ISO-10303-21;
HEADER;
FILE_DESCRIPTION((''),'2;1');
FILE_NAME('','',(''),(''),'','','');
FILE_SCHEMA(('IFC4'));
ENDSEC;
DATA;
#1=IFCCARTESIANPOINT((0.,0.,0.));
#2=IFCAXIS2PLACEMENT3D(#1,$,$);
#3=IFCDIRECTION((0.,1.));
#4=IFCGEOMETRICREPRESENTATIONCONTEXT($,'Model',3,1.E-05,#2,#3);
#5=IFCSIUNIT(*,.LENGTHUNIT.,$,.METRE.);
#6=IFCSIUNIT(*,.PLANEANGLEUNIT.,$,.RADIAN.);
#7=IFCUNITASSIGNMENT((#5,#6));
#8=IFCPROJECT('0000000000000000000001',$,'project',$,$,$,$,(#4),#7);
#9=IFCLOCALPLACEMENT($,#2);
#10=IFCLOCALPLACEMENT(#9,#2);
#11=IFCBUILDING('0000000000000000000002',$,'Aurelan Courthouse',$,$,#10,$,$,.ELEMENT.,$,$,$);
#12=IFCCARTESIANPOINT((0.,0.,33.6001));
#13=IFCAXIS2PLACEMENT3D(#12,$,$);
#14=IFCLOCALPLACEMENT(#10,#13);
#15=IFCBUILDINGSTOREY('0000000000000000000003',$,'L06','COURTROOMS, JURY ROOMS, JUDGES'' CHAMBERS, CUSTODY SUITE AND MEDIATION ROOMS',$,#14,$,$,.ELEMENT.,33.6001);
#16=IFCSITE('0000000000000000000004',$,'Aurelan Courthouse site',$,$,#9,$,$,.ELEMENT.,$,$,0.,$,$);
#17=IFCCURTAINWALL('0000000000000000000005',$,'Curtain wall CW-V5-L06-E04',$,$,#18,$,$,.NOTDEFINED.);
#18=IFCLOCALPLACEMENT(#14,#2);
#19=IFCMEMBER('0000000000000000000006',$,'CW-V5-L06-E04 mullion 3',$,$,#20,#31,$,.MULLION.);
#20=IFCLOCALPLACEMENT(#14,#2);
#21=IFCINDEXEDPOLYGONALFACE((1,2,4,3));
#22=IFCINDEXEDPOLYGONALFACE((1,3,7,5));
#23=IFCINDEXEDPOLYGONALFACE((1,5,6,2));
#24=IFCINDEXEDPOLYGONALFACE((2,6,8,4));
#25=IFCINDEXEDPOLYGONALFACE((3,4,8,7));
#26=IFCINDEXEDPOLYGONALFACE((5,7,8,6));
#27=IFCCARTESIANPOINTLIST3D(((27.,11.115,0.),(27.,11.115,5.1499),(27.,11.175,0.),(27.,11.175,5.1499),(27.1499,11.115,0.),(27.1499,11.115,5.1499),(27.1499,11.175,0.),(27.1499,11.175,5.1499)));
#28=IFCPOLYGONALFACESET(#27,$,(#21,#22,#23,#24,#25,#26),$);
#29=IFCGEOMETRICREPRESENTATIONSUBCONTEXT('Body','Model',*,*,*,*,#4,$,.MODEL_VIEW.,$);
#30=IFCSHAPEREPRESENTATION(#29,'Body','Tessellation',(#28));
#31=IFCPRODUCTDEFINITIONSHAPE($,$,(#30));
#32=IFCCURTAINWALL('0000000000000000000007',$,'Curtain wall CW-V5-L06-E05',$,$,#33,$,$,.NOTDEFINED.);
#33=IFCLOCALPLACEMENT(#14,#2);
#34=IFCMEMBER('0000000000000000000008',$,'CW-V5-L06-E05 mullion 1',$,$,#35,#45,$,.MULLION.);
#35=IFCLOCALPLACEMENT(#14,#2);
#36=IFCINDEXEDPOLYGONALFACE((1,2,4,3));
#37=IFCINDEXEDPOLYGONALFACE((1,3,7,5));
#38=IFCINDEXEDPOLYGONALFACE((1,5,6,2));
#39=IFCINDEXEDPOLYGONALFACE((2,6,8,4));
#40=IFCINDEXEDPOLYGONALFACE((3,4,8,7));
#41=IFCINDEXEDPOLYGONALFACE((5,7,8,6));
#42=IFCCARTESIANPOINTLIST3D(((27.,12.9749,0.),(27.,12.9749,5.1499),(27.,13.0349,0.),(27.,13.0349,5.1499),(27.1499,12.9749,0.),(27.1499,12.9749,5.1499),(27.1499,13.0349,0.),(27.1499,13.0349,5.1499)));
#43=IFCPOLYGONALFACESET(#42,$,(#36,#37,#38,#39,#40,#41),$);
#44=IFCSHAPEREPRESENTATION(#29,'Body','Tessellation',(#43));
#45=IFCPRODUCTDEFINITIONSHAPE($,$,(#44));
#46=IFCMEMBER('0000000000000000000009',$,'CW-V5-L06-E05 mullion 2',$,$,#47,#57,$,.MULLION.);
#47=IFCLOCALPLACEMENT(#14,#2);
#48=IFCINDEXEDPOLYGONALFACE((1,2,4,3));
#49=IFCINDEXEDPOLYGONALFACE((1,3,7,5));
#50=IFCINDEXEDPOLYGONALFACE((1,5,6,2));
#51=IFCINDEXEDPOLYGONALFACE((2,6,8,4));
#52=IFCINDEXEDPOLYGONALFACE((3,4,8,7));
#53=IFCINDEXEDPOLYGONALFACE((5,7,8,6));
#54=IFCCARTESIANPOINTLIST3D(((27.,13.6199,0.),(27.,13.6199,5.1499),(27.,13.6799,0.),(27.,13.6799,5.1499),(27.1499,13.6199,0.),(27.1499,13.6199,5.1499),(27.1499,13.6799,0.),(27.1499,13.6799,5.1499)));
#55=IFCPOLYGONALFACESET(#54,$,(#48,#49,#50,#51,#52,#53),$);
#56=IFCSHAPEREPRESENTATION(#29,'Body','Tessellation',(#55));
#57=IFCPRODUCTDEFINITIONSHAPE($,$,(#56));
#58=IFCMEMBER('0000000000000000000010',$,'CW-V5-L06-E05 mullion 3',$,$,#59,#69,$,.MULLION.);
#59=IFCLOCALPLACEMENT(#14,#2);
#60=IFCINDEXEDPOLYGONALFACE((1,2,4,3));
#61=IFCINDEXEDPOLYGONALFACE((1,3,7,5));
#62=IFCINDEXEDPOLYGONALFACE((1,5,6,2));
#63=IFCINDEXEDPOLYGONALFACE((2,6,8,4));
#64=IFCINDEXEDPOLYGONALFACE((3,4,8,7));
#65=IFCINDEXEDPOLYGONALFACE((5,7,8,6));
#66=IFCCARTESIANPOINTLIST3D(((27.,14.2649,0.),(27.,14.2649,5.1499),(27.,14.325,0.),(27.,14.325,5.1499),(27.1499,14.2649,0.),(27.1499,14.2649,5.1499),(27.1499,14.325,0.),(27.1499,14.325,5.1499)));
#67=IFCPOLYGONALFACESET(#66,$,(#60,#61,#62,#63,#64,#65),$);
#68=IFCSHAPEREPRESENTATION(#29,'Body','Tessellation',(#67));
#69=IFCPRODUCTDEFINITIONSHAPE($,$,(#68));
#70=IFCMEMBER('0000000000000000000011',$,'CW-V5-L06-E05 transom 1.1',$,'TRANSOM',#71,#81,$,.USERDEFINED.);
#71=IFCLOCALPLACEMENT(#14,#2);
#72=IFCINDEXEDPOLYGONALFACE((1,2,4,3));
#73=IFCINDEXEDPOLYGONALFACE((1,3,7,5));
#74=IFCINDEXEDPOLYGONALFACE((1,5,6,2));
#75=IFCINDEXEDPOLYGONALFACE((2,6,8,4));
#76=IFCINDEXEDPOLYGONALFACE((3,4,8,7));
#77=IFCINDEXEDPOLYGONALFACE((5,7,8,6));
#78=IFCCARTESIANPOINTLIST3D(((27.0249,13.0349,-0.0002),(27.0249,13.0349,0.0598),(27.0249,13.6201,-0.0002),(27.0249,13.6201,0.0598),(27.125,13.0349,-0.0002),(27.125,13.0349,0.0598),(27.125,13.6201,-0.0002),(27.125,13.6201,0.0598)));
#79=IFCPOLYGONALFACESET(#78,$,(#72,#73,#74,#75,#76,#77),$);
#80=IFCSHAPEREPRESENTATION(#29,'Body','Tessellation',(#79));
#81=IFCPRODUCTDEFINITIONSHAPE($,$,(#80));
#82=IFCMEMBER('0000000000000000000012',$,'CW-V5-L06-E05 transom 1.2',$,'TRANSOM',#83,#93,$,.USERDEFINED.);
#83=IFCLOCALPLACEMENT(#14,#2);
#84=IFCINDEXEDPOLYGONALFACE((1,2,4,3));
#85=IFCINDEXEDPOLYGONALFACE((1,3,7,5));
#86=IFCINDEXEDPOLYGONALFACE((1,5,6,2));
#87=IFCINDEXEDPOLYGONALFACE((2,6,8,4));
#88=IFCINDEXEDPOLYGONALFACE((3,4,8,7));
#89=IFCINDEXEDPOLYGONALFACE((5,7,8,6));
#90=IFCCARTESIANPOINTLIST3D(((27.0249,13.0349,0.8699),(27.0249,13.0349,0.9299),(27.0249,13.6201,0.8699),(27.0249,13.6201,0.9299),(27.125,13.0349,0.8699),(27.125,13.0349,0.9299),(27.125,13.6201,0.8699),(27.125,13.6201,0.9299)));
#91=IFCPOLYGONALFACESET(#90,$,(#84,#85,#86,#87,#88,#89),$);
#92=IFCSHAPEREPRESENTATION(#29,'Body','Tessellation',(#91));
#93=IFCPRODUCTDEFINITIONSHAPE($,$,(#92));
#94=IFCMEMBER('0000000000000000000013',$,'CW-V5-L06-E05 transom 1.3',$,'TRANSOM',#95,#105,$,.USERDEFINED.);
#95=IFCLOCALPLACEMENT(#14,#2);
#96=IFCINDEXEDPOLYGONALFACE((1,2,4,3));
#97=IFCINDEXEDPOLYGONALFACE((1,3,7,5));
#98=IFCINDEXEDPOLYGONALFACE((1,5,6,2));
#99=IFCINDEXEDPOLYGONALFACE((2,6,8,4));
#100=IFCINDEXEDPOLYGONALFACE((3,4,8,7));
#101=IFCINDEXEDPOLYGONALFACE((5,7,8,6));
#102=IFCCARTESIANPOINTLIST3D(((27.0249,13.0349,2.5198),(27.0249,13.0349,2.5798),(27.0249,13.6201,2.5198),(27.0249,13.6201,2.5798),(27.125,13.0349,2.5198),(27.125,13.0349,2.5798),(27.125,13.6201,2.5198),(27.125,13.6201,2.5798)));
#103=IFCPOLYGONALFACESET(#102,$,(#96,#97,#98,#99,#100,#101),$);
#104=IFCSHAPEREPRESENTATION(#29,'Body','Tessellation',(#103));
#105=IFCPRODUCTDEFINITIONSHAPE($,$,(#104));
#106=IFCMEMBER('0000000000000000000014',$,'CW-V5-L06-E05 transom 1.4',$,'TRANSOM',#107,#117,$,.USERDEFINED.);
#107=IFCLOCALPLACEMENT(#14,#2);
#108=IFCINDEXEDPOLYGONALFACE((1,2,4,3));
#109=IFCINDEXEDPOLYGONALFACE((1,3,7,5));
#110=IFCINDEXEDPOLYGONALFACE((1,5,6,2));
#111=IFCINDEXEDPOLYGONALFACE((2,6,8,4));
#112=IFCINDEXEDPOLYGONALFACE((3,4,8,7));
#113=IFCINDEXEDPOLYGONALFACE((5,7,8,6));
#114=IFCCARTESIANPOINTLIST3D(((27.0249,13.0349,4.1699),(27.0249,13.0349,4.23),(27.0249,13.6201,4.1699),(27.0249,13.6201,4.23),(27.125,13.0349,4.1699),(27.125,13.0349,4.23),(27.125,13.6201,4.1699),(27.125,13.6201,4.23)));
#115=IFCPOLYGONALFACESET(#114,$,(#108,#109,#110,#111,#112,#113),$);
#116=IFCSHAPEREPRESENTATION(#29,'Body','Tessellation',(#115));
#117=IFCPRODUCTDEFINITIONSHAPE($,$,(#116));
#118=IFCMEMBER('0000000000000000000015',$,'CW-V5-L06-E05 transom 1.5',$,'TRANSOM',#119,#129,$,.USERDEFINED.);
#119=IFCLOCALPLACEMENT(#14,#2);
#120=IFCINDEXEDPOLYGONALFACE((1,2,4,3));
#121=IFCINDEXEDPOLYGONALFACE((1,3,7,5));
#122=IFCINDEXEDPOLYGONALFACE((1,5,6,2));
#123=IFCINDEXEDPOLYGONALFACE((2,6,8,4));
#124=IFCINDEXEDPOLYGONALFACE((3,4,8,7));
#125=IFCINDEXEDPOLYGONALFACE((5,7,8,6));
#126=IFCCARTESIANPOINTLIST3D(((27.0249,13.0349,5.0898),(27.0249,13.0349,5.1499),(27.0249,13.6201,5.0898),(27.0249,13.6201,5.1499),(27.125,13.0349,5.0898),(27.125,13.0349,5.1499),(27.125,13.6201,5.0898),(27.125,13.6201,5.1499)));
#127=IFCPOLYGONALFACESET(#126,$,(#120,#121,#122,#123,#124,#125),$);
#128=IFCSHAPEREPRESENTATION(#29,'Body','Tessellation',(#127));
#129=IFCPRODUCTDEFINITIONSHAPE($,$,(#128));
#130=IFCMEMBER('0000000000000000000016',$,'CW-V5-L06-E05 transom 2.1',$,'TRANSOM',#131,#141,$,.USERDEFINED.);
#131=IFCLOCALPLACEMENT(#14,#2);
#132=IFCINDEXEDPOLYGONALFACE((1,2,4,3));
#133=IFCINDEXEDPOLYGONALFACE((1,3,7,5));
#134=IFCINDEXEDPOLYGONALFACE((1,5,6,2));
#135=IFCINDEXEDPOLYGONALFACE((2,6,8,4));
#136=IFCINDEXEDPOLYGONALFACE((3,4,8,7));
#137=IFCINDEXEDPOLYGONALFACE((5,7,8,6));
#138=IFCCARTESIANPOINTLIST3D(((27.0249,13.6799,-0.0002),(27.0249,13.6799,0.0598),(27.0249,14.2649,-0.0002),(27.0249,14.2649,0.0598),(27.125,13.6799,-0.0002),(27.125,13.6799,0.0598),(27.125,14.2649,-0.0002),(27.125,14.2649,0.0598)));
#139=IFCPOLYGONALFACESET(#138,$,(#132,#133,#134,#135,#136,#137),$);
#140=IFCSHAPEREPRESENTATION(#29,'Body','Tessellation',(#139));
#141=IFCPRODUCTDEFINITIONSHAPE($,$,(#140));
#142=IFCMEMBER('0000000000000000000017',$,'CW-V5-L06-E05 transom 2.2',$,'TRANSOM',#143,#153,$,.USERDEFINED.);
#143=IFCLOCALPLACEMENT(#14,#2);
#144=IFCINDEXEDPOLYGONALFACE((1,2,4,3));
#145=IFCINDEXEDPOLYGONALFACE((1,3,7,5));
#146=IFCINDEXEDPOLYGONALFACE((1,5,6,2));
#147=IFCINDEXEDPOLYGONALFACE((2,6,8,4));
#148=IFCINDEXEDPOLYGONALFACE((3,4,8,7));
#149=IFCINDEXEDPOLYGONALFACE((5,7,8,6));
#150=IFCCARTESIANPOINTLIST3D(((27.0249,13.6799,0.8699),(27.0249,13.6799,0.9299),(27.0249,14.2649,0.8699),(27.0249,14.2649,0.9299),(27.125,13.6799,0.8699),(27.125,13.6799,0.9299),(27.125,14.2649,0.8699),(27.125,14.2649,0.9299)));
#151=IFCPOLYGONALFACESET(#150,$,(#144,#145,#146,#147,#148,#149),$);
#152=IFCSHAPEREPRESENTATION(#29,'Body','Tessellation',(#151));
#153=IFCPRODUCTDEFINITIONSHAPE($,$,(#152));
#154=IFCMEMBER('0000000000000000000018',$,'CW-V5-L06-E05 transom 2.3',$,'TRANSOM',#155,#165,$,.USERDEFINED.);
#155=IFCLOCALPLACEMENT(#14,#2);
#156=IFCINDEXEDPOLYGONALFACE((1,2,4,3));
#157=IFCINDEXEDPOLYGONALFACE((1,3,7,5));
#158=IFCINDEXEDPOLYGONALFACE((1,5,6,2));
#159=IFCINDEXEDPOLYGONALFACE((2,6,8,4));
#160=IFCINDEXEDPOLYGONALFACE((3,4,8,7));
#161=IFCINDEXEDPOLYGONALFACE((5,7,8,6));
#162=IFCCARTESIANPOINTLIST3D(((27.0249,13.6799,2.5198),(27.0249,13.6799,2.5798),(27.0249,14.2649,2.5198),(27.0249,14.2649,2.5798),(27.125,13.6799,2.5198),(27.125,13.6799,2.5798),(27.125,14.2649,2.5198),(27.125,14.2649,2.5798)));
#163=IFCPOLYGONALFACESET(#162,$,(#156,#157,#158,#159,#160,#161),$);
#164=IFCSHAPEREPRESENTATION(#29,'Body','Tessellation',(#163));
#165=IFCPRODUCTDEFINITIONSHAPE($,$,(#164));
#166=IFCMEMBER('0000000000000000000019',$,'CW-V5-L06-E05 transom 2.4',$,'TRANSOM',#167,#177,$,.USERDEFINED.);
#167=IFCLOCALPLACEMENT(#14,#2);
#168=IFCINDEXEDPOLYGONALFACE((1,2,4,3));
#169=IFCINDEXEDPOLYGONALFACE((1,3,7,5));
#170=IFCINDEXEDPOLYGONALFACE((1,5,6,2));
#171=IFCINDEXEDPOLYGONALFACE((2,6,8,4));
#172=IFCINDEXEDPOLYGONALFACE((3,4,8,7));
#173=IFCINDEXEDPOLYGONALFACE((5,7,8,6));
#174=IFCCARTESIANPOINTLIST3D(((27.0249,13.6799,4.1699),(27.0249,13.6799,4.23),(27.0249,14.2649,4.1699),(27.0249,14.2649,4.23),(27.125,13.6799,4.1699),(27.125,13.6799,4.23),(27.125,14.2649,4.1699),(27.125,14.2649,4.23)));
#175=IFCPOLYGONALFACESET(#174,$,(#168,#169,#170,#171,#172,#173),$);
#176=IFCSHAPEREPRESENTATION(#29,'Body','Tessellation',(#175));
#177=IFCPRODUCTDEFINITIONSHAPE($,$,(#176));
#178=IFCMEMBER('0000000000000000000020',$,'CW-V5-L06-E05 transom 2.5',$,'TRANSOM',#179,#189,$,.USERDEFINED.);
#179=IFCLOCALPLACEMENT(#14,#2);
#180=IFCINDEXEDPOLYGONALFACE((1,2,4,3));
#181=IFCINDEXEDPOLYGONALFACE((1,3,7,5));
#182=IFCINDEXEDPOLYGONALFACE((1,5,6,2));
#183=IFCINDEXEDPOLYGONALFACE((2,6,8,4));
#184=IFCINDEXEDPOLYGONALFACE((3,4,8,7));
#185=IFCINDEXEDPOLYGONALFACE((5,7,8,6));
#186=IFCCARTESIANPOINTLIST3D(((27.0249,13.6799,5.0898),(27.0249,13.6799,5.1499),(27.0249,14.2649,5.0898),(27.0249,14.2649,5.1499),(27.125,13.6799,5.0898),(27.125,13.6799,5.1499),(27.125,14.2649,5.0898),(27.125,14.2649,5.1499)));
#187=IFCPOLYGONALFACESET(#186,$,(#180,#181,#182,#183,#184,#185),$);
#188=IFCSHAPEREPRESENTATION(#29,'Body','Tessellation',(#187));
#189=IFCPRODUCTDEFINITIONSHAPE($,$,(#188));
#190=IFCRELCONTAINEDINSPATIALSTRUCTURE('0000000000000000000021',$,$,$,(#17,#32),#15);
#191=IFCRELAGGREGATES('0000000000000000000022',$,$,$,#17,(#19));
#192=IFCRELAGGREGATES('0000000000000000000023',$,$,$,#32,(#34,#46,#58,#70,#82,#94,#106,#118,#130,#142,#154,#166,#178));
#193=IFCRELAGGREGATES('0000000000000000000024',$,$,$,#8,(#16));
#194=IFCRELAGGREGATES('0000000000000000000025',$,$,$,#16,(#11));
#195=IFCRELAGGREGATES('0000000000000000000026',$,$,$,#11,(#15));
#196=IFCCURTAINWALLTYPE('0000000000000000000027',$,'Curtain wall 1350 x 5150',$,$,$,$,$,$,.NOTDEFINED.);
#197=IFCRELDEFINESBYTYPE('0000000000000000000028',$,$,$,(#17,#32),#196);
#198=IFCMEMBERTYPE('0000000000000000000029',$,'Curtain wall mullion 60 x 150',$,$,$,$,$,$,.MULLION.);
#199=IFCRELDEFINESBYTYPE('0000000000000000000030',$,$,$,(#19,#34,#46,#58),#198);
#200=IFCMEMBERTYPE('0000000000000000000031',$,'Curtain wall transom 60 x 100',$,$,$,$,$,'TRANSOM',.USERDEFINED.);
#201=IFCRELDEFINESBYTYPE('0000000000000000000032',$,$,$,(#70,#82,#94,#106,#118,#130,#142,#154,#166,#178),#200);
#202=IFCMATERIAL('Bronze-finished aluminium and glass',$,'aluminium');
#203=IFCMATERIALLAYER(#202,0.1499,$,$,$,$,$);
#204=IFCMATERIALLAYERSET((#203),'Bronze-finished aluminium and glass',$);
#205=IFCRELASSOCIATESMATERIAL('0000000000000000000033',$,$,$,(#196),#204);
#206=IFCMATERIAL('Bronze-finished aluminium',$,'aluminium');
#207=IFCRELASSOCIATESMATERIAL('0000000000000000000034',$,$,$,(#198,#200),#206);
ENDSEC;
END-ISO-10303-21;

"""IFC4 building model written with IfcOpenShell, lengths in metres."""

from ifc_helpers import new_model, si_unit, direction, frame, origin, origin_2d, place, context, subcontext, project, spatial, rectangle, extrude, material, layer, layer_set, material_profile, profile_set, type_object, element, aggregate, save


model = new_model("IFC4")

# Units and contexts
model_context = context("Model", 3, precision=1e-05, world=origin(), true_north=direction((0.0, 1.0)))
body_context = subcontext(model_context, "Body", "Model", "MODEL_VIEW")
ifc_project = project(units=[si_unit("LENGTHUNIT", "METRE"), si_unit("PLANEANGLEUNIT", "RADIAN")], contexts=[model_context])

# Site, building, storey
site_placement = place(None, origin())
site = spatial("IfcSite", under=ifc_project, at=site_placement, Name="Aurelan Courthouse site", CompositionType="ELEMENT", RefElevation=0.0)
building_placement = place(site_placement, origin())
building = spatial("IfcBuilding", under=site, at=building_placement, Name="Aurelan Courthouse", CompositionType="ELEMENT")
storey_placement = place(building_placement, frame((0.0, 0.0, 33.6001)))
storey = spatial("IfcBuildingStorey", under=building, at=storey_placement, Name="L06", Description="COURTROOMS, JURY ROOMS, JUDGES' CHAMBERS, CUSTODY SUITE AND MEDIATION ROOMS", CompositionType="ELEMENT", Elevation=33.6001)

# Curtain wall, member
ifc_material_1 = material(Name="Bronze-finished aluminium and glass", Category="aluminium")
ifc_layer_1 = layer(ifc_material_1, 0.1499)
ifc_layer_set_1 = layer_set([ifc_layer_1], Name="Bronze-finished aluminium and glass")
curtain_wall_type = type_object("IfcCurtainWallType", Name="Curtain wall 1350 x 5150", PredefinedType="NOTDEFINED", material=ifc_layer_set_1)
curtain_wall_1_placement = place(storey_placement, origin())
curtain_wall_1 = element("IfcCurtainWall", 1, at=curtain_wall_1_placement, inside=storey, type_object=curtain_wall_type, Name="Curtain wall CW-V5-L06-E04", PredefinedType="NOTDEFINED")
ifc_material_2 = material(Name="Bronze-finished aluminium", Category="aluminium")
ifc_material_profile_1 = material_profile(ifc_material_2, rectangle(XDim=0.1499, YDim=0.0601, at=origin_2d()), Name="Bronze mullion 60 x 150")
ifc_profile_set_1 = profile_set([ifc_material_profile_1], Name="Bronze-finished aluminium")
member_type_1 = type_object("IfcMemberType", Name="Curtain wall mullion 60 x 150", PredefinedType="MULLION", material=ifc_profile_set_1)
member_1_placement = place(storey_placement, frame((27.075, 11.145, 0.0), z_axis=(0.0, 0.0, 1.0), x_axis=(-1.0, 0.0, 0.0)))
member_1 = element("IfcMember", 2, at=member_1_placement, type_object=member_type_1, Name="CW-V5-L06-E04 mullion 3", PredefinedType="MULLION", context=body_context, shape_type="SweptSolid", body=[
    extrude(rectangle(XDim=0.1499, YDim=0.0601, at=origin_2d()), origin(), (0.0, 0.0, 1.0), 5.1499),
])

# Curtain wall, members
curtain_wall_2_placement = place(storey_placement, origin())
curtain_wall_2 = element("IfcCurtainWall", 3, at=curtain_wall_2_placement, inside=storey, type_object=curtain_wall_type, Name="Curtain wall CW-V5-L06-E05", PredefinedType="NOTDEFINED")
member_2_placement = place(storey_placement, frame((27.075, 13.0049, 0.0), z_axis=(0.0, 0.0, 1.0), x_axis=(-1.0, 0.0, 0.0)))
member_2 = element("IfcMember", 4, at=member_2_placement, type_object=member_type_1, Name="CW-V5-L06-E05 mullion 1", PredefinedType="MULLION", context=body_context, shape_type="SweptSolid", body=[
    extrude(rectangle(XDim=0.1499, YDim=0.0601, at=origin_2d()), origin(), (0.0, 0.0, 1.0), 5.1499),
])
member_3_placement = place(storey_placement, frame((27.075, 13.6499, 0.0), z_axis=(0.0, 0.0, 1.0), x_axis=(-1.0, 0.0, 0.0)))
member_3 = element("IfcMember", 5, at=member_3_placement, type_object=member_type_1, Name="CW-V5-L06-E05 mullion 2", PredefinedType="MULLION", context=body_context, shape_type="SweptSolid", body=[
    extrude(rectangle(XDim=0.1499, YDim=0.0601, at=origin_2d()), origin(), (0.0, 0.0, 1.0), 5.1499),
])
member_4_placement = place(storey_placement, frame((27.075, 14.2949, 0.0), z_axis=(0.0, 0.0, 1.0), x_axis=(-1.0, 0.0, 0.0)))
member_4 = element("IfcMember", 6, at=member_4_placement, type_object=member_type_1, Name="CW-V5-L06-E05 mullion 3", PredefinedType="MULLION", context=body_context, shape_type="SweptSolid", body=[
    extrude(rectangle(XDim=0.1499, YDim=0.0601, at=origin_2d()), origin(), (0.0, 0.0, 1.0), 5.1499),
])
ifc_material_profile_2 = material_profile(ifc_material_2, rectangle(XDim=0.1001, YDim=0.0601, at=origin_2d()), Name="Bronze transom 60 x 100")
ifc_profile_set_2 = profile_set([ifc_material_profile_2], Name="Bronze-finished aluminium")
member_type_2 = type_object("IfcMemberType", Name="Curtain wall transom 60 x 100", ElementType="TRANSOM", PredefinedType="USERDEFINED", material=ifc_profile_set_2)
member_5_placement = place(storey_placement, frame((27.075, 13.0349, 0.0298), z_axis=(0.0, 1.0, 0.0), x_axis=(-1.0, 0.0, 0.0)))
member_5 = element("IfcMember", 7, at=member_5_placement, type_object=member_type_2, Name="CW-V5-L06-E05 transom 1.1", ObjectType="TRANSOM", PredefinedType="USERDEFINED", context=body_context, shape_type="SweptSolid", body=[
    extrude(rectangle(XDim=0.1001, YDim=0.0601, at=origin_2d()), origin(), (0.0, 0.0, 1.0), 0.5852),
])
member_6_placement = place(storey_placement, frame((27.075, 13.0349, 0.8999), z_axis=(0.0, 1.0, 0.0), x_axis=(-1.0, 0.0, 0.0)))
member_6 = element("IfcMember", 8, at=member_6_placement, type_object=member_type_2, Name="CW-V5-L06-E05 transom 1.2", ObjectType="TRANSOM", PredefinedType="USERDEFINED", context=body_context, shape_type="SweptSolid", body=[
    extrude(rectangle(XDim=0.1001, YDim=0.0601, at=origin_2d()), origin(), (0.0, 0.0, 1.0), 0.5852),
])
member_7_placement = place(storey_placement, frame((27.075, 13.0349, 2.5498), z_axis=(0.0, 1.0, 0.0), x_axis=(-1.0, 0.0, 0.0)))
member_7 = element("IfcMember", 9, at=member_7_placement, type_object=member_type_2, Name="CW-V5-L06-E05 transom 1.3", ObjectType="TRANSOM", PredefinedType="USERDEFINED", context=body_context, shape_type="SweptSolid", body=[
    extrude(rectangle(XDim=0.1001, YDim=0.0601, at=origin_2d()), origin(), (0.0, 0.0, 1.0), 0.5852),
])
member_8_placement = place(storey_placement, frame((27.075, 13.0349, 4.2), z_axis=(0.0, 1.0, 0.0), x_axis=(-1.0, 0.0, 0.0)))
member_8 = element("IfcMember", 10, at=member_8_placement, type_object=member_type_2, Name="CW-V5-L06-E05 transom 1.4", ObjectType="TRANSOM", PredefinedType="USERDEFINED", context=body_context, shape_type="SweptSolid", body=[
    extrude(rectangle(XDim=0.1001, YDim=0.0601, at=origin_2d()), origin(), (0.0, 0.0, 1.0), 0.5852),
])
member_9_placement = place(storey_placement, frame((27.075, 13.0349, 5.1199), z_axis=(0.0, 1.0, 0.0), x_axis=(-1.0, 0.0, 0.0)))
member_9 = element("IfcMember", 11, at=member_9_placement, type_object=member_type_2, Name="CW-V5-L06-E05 transom 1.5", ObjectType="TRANSOM", PredefinedType="USERDEFINED", context=body_context, shape_type="SweptSolid", body=[
    extrude(rectangle(XDim=0.1001, YDim=0.0601, at=origin_2d()), origin(), (0.0, 0.0, 1.0), 0.5852),
])
member_10_placement = place(storey_placement, frame((27.075, 13.6799, 0.0298), z_axis=(0.0, 1.0, 0.0), x_axis=(-1.0, 0.0, 0.0)))
member_10 = element("IfcMember", 12, at=member_10_placement, type_object=member_type_2, Name="CW-V5-L06-E05 transom 2.1", ObjectType="TRANSOM", PredefinedType="USERDEFINED", context=body_context, shape_type="SweptSolid", body=[
    extrude(rectangle(XDim=0.1001, YDim=0.0601, at=origin_2d()), origin(), (0.0, 0.0, 1.0), 0.585),
])
member_11_placement = place(storey_placement, frame((27.075, 13.6799, 0.8999), z_axis=(0.0, 1.0, 0.0), x_axis=(-1.0, 0.0, 0.0)))
member_11 = element("IfcMember", 13, at=member_11_placement, type_object=member_type_2, Name="CW-V5-L06-E05 transom 2.2", ObjectType="TRANSOM", PredefinedType="USERDEFINED", context=body_context, shape_type="SweptSolid", body=[
    extrude(rectangle(XDim=0.1001, YDim=0.0601, at=origin_2d()), origin(), (0.0, 0.0, 1.0), 0.585),
])
member_12_placement = place(storey_placement, frame((27.075, 13.6799, 2.5498), z_axis=(0.0, 1.0, 0.0), x_axis=(-1.0, 0.0, 0.0)))
member_12 = element("IfcMember", 14, at=member_12_placement, type_object=member_type_2, Name="CW-V5-L06-E05 transom 2.3", ObjectType="TRANSOM", PredefinedType="USERDEFINED", context=body_context, shape_type="SweptSolid", body=[
    extrude(rectangle(XDim=0.1001, YDim=0.0601, at=origin_2d()), origin(), (0.0, 0.0, 1.0), 0.585),
])
member_13_placement = place(storey_placement, frame((27.075, 13.6799, 4.2), z_axis=(0.0, 1.0, 0.0), x_axis=(-1.0, 0.0, 0.0)))
member_13 = element("IfcMember", 15, at=member_13_placement, type_object=member_type_2, Name="CW-V5-L06-E05 transom 2.4", ObjectType="TRANSOM", PredefinedType="USERDEFINED", context=body_context, shape_type="SweptSolid", body=[
    extrude(rectangle(XDim=0.1001, YDim=0.0601, at=origin_2d()), origin(), (0.0, 0.0, 1.0), 0.585),
])
member_14_placement = place(storey_placement, frame((27.075, 13.6799, 5.1199), z_axis=(0.0, 1.0, 0.0), x_axis=(-1.0, 0.0, 0.0)))
member_14 = element("IfcMember", 16, at=member_14_placement, type_object=member_type_2, Name="CW-V5-L06-E05 transom 2.5", ObjectType="TRANSOM", PredefinedType="USERDEFINED", context=body_context, shape_type="SweptSolid", body=[
    extrude(rectangle(XDim=0.1001, YDim=0.0601, at=origin_2d()), origin(), (0.0, 0.0, 1.0), 0.585),
])

aggregate(curtain_wall_1, [member_1])
aggregate(curtain_wall_2, [member_2, member_3, member_4, member_5, member_6, member_7, member_8, member_9, member_10, member_11, member_12, member_13, member_14])

save(model, "model.ifc")
